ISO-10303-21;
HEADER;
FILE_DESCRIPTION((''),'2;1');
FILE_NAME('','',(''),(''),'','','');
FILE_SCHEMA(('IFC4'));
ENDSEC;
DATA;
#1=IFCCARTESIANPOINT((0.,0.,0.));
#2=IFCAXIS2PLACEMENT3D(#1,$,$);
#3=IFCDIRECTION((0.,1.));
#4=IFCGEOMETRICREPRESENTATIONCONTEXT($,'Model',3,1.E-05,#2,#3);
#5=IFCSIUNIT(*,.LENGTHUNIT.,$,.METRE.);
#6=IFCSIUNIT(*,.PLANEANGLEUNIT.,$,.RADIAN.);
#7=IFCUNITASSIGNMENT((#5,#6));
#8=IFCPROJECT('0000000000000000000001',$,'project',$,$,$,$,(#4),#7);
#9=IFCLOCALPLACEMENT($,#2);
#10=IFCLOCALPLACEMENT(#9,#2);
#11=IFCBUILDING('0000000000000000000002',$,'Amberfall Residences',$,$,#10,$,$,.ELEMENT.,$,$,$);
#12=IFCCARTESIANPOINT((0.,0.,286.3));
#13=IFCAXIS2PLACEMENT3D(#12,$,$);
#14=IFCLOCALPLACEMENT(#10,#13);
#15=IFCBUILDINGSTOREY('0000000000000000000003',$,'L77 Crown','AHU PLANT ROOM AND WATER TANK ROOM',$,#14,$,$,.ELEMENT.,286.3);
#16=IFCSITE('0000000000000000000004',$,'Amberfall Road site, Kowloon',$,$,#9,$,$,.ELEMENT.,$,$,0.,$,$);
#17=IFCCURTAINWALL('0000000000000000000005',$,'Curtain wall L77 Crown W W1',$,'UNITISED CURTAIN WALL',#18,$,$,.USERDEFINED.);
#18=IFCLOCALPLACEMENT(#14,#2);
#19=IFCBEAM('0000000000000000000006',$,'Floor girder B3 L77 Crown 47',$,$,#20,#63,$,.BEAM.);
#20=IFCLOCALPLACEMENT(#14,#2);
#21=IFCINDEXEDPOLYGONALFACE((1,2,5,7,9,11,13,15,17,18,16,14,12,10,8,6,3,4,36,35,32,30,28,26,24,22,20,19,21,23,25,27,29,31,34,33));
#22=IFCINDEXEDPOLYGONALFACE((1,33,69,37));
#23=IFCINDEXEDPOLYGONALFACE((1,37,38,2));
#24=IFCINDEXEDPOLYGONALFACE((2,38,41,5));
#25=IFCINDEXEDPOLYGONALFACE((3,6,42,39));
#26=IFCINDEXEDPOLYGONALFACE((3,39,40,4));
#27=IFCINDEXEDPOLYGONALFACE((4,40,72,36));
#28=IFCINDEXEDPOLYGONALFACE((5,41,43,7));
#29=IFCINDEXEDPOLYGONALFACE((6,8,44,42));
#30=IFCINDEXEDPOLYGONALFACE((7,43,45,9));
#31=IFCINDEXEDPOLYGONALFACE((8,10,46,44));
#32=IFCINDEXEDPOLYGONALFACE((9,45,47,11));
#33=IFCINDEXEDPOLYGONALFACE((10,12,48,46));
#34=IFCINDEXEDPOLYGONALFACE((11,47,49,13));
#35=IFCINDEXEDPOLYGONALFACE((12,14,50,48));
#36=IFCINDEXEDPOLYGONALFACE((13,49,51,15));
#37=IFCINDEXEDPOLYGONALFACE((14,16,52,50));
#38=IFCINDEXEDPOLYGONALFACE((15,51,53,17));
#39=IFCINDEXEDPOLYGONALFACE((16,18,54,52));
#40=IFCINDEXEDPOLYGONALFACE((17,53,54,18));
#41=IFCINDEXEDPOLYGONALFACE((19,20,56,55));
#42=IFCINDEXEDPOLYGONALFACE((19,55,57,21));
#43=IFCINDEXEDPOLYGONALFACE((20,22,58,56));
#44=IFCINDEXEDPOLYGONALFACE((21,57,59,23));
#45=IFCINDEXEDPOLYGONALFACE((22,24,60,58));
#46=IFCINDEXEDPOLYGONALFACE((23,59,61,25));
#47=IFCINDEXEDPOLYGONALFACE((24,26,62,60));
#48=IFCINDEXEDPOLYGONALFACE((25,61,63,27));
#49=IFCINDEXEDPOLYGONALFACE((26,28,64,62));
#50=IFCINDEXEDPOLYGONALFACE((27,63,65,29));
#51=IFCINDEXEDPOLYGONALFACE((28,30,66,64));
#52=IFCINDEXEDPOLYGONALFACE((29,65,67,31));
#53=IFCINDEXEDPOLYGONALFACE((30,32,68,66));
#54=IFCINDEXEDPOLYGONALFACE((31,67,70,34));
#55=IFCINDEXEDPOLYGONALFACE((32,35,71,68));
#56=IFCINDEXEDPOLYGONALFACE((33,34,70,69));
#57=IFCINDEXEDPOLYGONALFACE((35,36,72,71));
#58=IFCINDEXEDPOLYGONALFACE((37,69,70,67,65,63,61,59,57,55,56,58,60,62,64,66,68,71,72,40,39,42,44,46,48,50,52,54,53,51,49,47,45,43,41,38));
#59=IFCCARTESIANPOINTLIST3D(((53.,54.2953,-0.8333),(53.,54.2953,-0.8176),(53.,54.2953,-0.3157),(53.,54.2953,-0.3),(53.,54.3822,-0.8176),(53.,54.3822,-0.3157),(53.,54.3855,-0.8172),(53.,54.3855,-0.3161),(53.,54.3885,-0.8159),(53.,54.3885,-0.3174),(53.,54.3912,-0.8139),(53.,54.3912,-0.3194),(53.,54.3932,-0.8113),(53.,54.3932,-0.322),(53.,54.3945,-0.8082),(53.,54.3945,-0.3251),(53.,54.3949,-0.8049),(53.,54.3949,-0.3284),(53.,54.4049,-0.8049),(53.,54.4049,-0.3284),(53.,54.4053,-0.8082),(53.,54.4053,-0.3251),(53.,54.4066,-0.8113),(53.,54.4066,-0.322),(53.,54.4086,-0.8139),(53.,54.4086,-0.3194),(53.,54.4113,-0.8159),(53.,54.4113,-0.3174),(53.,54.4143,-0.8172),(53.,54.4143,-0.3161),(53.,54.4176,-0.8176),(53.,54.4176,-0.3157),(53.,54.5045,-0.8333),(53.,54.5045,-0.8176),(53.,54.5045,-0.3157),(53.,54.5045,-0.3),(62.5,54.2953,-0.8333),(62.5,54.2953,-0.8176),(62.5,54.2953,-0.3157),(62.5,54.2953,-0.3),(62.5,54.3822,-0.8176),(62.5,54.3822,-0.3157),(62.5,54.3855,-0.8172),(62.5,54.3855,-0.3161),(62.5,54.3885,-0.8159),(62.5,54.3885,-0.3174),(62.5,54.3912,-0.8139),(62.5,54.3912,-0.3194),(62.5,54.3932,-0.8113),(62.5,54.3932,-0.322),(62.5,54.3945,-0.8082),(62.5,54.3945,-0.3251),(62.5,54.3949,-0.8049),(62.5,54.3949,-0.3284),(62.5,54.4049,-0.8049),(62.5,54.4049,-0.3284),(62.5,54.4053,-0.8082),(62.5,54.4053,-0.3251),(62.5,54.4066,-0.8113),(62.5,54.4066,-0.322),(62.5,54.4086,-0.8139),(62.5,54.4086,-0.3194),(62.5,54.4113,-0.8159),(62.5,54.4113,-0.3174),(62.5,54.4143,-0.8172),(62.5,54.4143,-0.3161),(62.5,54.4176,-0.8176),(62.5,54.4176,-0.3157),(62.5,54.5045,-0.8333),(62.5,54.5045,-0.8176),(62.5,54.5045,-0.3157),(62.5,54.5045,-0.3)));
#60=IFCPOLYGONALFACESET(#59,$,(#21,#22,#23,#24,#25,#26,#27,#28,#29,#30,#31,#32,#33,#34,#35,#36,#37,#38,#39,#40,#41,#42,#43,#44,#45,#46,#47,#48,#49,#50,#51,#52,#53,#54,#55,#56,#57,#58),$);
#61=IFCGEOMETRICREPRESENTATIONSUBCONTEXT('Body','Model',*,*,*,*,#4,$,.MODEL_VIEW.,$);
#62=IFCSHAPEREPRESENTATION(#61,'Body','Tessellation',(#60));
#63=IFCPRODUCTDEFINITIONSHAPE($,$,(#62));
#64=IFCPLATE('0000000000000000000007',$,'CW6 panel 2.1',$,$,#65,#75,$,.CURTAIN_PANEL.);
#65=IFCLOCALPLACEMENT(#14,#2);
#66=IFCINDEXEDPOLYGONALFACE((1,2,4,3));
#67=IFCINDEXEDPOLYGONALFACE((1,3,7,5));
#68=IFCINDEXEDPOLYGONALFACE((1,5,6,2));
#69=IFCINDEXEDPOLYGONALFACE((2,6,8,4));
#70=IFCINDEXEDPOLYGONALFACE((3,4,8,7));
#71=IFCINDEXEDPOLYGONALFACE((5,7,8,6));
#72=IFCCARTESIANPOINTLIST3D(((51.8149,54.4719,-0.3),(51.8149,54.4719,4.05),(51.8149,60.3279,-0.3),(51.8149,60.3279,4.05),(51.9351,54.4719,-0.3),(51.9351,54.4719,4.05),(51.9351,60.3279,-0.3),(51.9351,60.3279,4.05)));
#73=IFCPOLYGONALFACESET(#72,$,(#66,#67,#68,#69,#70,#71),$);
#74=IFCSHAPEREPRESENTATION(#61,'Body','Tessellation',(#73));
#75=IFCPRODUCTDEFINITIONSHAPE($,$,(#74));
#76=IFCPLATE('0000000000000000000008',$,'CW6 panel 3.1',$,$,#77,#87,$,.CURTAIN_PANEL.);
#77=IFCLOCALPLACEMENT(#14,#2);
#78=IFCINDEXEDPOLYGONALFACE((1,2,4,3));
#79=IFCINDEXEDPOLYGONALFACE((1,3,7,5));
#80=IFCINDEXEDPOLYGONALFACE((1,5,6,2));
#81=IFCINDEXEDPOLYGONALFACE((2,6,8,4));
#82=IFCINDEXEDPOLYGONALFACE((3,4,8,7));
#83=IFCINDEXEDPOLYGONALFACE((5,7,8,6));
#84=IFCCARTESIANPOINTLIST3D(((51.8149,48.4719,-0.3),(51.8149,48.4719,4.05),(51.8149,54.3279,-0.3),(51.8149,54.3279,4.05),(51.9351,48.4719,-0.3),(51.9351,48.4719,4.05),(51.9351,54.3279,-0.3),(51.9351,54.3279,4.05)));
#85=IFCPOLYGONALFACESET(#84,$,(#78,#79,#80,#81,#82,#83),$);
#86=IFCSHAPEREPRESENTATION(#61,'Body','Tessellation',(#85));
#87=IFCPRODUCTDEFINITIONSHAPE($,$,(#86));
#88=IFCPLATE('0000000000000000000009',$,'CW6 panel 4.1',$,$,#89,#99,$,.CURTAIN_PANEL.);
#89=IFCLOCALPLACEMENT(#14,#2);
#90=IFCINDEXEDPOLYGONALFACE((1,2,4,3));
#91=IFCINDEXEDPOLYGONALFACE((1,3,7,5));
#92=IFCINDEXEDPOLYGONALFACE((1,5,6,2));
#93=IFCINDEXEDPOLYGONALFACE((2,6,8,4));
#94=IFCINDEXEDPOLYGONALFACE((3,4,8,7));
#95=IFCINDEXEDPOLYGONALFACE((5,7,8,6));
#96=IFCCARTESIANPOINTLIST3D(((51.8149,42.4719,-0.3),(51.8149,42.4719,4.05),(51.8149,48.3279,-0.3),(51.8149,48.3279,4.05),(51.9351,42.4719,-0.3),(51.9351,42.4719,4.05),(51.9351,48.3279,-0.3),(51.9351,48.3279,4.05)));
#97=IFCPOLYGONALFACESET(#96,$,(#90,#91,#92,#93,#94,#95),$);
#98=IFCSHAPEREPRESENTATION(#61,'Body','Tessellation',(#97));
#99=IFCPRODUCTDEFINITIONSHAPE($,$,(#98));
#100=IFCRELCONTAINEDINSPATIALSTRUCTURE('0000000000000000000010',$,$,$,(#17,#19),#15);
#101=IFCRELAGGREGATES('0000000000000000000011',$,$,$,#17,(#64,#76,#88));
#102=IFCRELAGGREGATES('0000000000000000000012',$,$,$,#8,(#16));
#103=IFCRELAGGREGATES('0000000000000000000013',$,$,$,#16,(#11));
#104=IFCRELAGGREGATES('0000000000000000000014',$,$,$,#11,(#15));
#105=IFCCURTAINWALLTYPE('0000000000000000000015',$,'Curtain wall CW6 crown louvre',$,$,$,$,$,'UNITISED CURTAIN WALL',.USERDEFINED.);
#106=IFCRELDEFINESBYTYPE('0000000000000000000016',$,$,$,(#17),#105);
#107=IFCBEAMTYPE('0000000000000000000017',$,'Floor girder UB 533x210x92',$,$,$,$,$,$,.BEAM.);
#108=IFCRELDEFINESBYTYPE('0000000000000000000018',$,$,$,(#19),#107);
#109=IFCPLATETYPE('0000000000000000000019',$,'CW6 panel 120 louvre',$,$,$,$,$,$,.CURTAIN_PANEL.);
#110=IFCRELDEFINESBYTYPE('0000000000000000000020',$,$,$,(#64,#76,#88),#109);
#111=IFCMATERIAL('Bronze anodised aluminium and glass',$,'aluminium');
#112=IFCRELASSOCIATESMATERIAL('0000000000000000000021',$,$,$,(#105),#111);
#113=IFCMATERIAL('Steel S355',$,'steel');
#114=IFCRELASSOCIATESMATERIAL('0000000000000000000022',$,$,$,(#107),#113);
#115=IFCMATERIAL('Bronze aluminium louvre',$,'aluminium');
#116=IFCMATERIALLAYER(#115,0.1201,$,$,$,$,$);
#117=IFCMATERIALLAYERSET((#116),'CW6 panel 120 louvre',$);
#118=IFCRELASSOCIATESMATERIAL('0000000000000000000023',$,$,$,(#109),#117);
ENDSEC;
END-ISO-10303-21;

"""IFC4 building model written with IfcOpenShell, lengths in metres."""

from ifc_helpers import new_model, si_unit, direction, frame, origin, origin_2d, place, context, subcontext, project, spatial, rectangle, i_section, extrude, material, layer, layer_set, material_profile, profile_set, type_object, element, aggregate, save


model = new_model("IFC4")

# Units and contexts
model_context = context("Model", 3, precision=1e-05, world=origin(), true_north=direction((0.0, 1.0)))
body_context = subcontext(model_context, "Body", "Model", "MODEL_VIEW")
ifc_project = project(units=[si_unit("LENGTHUNIT", "METRE"), si_unit("PLANEANGLEUNIT", "RADIAN")], contexts=[model_context])

# Site, building, storey
site_placement = place(None, origin())
site = spatial("IfcSite", under=ifc_project, at=site_placement, Name="Amberfall Road site, Kowloon", CompositionType="ELEMENT", RefElevation=0.0)
building_placement = place(site_placement, origin())
building = spatial("IfcBuilding", under=site, at=building_placement, Name="Amberfall Residences", CompositionType="ELEMENT")
storey_placement = place(building_placement, frame((0.0, 0.0, 286.3)))
storey = spatial("IfcBuildingStorey", under=building, at=storey_placement, Name="L77 Crown", Description="AHU PLANT ROOM AND WATER TANK ROOM", CompositionType="ELEMENT", Elevation=286.3)

# Curtain wall
ifc_material_1 = material(Name="Bronze anodised aluminium and glass", Category="aluminium")
curtain_wall_type = type_object("IfcCurtainWallType", Name="Curtain wall CW6 crown louvre", ElementType="UNITISED CURTAIN WALL", PredefinedType="USERDEFINED", material=ifc_material_1)
curtain_wall_placement = place(storey_placement, origin())
curtain_wall = element("IfcCurtainWall", 1, at=curtain_wall_placement, inside=storey, type_object=curtain_wall_type, Name="Curtain wall L77 Crown W W1", ObjectType="UNITISED CURTAIN WALL", PredefinedType="USERDEFINED")

# Beam
ifc_material_2 = material(Name="Steel S355", Category="steel")
ifc_material_profile_1 = material_profile(ifc_material_2, i_section(OverallWidth=0.2092, OverallDepth=0.5332, WebThickness=0.01, FlangeThickness=0.0156, FilletRadius=0.0127, at=origin_2d()), Name="UB 533x210x92")
ifc_profile_set_1 = profile_set([ifc_material_profile_1], Name="Steel S355")
beam_type_1 = type_object("IfcBeamType", Name="Floor girder UB 533x210x92", PredefinedType="BEAM", material=ifc_profile_set_1)
for number, where, z_axis, x_axis, name in (
    (2, (53.0, 54.3999, -0.5667), (1.0, 0.0, 0.0), (0.0, 1.0, 0.0), "Floor girder B3 L77 Crown 47"),
):
    element("IfcBeam", number, at=place(storey_placement, frame(where, z_axis=z_axis, x_axis=x_axis)), inside=storey, type_object=beam_type_1, Name=name, PredefinedType="BEAM", context=body_context, shape_type="SweptSolid", body=[
        extrude(i_section(OverallWidth=0.2092, OverallDepth=0.5332, WebThickness=0.01, FlangeThickness=0.0156, FilletRadius=0.0127, at=origin_2d()), origin(), (0.0, 0.0, 1.0), 9.5),
    ])

# Plates
ifc_material_3 = material(Name="Bronze aluminium louvre", Category="aluminium")
ifc_layer = layer(ifc_material_3, 0.1201)
ifc_layer_set = layer_set([ifc_layer], Name="CW6 panel 120 louvre")
plate_type = type_object("IfcPlateType", Name="CW6 panel 120 louvre", PredefinedType="CURTAIN_PANEL", material=ifc_layer_set)
plate_1_placement = place(storey_placement, frame((51.875, 57.3999, -0.3), z_axis=(0.0, 0.0, 1.0), x_axis=(0.0, -1.0, 0.0)))
plate_1 = element("IfcPlate", 3, at=plate_1_placement, type_object=plate_type, Name="CW6 panel 2.1", PredefinedType="CURTAIN_PANEL", context=body_context, shape_type="SweptSolid", body=[
    extrude(rectangle(XDim=5.856, YDim=0.1201, at=origin_2d()), origin(), (0.0, 0.0, 1.0), 4.3501),
])
plate_2_placement = place(storey_placement, frame((51.875, 51.3999, -0.3), z_axis=(0.0, 0.0, 1.0), x_axis=(0.0, -1.0, 0.0)))
plate_2 = element("IfcPlate", 4, at=plate_2_placement, type_object=plate_type, Name="CW6 panel 3.1", PredefinedType="CURTAIN_PANEL", context=body_context, shape_type="SweptSolid", body=[
    extrude(rectangle(XDim=5.856, YDim=0.1201, at=origin_2d()), origin(), (0.0, 0.0, 1.0), 4.3501),
])
plate_3_placement = place(storey_placement, frame((51.875, 45.3999, -0.3), z_axis=(0.0, 0.0, 1.0), x_axis=(0.0, -1.0, 0.0)))
plate_3 = element("IfcPlate", 5, at=plate_3_placement, type_object=plate_type, Name="CW6 panel 4.1", PredefinedType="CURTAIN_PANEL", context=body_context, shape_type="SweptSolid", body=[
    extrude(rectangle(XDim=5.856, YDim=0.1201, at=origin_2d()), origin(), (0.0, 0.0, 1.0), 4.3501),
])
aggregate(curtain_wall, [plate_1, plate_2, plate_3])

save(model, "model.ifc")
